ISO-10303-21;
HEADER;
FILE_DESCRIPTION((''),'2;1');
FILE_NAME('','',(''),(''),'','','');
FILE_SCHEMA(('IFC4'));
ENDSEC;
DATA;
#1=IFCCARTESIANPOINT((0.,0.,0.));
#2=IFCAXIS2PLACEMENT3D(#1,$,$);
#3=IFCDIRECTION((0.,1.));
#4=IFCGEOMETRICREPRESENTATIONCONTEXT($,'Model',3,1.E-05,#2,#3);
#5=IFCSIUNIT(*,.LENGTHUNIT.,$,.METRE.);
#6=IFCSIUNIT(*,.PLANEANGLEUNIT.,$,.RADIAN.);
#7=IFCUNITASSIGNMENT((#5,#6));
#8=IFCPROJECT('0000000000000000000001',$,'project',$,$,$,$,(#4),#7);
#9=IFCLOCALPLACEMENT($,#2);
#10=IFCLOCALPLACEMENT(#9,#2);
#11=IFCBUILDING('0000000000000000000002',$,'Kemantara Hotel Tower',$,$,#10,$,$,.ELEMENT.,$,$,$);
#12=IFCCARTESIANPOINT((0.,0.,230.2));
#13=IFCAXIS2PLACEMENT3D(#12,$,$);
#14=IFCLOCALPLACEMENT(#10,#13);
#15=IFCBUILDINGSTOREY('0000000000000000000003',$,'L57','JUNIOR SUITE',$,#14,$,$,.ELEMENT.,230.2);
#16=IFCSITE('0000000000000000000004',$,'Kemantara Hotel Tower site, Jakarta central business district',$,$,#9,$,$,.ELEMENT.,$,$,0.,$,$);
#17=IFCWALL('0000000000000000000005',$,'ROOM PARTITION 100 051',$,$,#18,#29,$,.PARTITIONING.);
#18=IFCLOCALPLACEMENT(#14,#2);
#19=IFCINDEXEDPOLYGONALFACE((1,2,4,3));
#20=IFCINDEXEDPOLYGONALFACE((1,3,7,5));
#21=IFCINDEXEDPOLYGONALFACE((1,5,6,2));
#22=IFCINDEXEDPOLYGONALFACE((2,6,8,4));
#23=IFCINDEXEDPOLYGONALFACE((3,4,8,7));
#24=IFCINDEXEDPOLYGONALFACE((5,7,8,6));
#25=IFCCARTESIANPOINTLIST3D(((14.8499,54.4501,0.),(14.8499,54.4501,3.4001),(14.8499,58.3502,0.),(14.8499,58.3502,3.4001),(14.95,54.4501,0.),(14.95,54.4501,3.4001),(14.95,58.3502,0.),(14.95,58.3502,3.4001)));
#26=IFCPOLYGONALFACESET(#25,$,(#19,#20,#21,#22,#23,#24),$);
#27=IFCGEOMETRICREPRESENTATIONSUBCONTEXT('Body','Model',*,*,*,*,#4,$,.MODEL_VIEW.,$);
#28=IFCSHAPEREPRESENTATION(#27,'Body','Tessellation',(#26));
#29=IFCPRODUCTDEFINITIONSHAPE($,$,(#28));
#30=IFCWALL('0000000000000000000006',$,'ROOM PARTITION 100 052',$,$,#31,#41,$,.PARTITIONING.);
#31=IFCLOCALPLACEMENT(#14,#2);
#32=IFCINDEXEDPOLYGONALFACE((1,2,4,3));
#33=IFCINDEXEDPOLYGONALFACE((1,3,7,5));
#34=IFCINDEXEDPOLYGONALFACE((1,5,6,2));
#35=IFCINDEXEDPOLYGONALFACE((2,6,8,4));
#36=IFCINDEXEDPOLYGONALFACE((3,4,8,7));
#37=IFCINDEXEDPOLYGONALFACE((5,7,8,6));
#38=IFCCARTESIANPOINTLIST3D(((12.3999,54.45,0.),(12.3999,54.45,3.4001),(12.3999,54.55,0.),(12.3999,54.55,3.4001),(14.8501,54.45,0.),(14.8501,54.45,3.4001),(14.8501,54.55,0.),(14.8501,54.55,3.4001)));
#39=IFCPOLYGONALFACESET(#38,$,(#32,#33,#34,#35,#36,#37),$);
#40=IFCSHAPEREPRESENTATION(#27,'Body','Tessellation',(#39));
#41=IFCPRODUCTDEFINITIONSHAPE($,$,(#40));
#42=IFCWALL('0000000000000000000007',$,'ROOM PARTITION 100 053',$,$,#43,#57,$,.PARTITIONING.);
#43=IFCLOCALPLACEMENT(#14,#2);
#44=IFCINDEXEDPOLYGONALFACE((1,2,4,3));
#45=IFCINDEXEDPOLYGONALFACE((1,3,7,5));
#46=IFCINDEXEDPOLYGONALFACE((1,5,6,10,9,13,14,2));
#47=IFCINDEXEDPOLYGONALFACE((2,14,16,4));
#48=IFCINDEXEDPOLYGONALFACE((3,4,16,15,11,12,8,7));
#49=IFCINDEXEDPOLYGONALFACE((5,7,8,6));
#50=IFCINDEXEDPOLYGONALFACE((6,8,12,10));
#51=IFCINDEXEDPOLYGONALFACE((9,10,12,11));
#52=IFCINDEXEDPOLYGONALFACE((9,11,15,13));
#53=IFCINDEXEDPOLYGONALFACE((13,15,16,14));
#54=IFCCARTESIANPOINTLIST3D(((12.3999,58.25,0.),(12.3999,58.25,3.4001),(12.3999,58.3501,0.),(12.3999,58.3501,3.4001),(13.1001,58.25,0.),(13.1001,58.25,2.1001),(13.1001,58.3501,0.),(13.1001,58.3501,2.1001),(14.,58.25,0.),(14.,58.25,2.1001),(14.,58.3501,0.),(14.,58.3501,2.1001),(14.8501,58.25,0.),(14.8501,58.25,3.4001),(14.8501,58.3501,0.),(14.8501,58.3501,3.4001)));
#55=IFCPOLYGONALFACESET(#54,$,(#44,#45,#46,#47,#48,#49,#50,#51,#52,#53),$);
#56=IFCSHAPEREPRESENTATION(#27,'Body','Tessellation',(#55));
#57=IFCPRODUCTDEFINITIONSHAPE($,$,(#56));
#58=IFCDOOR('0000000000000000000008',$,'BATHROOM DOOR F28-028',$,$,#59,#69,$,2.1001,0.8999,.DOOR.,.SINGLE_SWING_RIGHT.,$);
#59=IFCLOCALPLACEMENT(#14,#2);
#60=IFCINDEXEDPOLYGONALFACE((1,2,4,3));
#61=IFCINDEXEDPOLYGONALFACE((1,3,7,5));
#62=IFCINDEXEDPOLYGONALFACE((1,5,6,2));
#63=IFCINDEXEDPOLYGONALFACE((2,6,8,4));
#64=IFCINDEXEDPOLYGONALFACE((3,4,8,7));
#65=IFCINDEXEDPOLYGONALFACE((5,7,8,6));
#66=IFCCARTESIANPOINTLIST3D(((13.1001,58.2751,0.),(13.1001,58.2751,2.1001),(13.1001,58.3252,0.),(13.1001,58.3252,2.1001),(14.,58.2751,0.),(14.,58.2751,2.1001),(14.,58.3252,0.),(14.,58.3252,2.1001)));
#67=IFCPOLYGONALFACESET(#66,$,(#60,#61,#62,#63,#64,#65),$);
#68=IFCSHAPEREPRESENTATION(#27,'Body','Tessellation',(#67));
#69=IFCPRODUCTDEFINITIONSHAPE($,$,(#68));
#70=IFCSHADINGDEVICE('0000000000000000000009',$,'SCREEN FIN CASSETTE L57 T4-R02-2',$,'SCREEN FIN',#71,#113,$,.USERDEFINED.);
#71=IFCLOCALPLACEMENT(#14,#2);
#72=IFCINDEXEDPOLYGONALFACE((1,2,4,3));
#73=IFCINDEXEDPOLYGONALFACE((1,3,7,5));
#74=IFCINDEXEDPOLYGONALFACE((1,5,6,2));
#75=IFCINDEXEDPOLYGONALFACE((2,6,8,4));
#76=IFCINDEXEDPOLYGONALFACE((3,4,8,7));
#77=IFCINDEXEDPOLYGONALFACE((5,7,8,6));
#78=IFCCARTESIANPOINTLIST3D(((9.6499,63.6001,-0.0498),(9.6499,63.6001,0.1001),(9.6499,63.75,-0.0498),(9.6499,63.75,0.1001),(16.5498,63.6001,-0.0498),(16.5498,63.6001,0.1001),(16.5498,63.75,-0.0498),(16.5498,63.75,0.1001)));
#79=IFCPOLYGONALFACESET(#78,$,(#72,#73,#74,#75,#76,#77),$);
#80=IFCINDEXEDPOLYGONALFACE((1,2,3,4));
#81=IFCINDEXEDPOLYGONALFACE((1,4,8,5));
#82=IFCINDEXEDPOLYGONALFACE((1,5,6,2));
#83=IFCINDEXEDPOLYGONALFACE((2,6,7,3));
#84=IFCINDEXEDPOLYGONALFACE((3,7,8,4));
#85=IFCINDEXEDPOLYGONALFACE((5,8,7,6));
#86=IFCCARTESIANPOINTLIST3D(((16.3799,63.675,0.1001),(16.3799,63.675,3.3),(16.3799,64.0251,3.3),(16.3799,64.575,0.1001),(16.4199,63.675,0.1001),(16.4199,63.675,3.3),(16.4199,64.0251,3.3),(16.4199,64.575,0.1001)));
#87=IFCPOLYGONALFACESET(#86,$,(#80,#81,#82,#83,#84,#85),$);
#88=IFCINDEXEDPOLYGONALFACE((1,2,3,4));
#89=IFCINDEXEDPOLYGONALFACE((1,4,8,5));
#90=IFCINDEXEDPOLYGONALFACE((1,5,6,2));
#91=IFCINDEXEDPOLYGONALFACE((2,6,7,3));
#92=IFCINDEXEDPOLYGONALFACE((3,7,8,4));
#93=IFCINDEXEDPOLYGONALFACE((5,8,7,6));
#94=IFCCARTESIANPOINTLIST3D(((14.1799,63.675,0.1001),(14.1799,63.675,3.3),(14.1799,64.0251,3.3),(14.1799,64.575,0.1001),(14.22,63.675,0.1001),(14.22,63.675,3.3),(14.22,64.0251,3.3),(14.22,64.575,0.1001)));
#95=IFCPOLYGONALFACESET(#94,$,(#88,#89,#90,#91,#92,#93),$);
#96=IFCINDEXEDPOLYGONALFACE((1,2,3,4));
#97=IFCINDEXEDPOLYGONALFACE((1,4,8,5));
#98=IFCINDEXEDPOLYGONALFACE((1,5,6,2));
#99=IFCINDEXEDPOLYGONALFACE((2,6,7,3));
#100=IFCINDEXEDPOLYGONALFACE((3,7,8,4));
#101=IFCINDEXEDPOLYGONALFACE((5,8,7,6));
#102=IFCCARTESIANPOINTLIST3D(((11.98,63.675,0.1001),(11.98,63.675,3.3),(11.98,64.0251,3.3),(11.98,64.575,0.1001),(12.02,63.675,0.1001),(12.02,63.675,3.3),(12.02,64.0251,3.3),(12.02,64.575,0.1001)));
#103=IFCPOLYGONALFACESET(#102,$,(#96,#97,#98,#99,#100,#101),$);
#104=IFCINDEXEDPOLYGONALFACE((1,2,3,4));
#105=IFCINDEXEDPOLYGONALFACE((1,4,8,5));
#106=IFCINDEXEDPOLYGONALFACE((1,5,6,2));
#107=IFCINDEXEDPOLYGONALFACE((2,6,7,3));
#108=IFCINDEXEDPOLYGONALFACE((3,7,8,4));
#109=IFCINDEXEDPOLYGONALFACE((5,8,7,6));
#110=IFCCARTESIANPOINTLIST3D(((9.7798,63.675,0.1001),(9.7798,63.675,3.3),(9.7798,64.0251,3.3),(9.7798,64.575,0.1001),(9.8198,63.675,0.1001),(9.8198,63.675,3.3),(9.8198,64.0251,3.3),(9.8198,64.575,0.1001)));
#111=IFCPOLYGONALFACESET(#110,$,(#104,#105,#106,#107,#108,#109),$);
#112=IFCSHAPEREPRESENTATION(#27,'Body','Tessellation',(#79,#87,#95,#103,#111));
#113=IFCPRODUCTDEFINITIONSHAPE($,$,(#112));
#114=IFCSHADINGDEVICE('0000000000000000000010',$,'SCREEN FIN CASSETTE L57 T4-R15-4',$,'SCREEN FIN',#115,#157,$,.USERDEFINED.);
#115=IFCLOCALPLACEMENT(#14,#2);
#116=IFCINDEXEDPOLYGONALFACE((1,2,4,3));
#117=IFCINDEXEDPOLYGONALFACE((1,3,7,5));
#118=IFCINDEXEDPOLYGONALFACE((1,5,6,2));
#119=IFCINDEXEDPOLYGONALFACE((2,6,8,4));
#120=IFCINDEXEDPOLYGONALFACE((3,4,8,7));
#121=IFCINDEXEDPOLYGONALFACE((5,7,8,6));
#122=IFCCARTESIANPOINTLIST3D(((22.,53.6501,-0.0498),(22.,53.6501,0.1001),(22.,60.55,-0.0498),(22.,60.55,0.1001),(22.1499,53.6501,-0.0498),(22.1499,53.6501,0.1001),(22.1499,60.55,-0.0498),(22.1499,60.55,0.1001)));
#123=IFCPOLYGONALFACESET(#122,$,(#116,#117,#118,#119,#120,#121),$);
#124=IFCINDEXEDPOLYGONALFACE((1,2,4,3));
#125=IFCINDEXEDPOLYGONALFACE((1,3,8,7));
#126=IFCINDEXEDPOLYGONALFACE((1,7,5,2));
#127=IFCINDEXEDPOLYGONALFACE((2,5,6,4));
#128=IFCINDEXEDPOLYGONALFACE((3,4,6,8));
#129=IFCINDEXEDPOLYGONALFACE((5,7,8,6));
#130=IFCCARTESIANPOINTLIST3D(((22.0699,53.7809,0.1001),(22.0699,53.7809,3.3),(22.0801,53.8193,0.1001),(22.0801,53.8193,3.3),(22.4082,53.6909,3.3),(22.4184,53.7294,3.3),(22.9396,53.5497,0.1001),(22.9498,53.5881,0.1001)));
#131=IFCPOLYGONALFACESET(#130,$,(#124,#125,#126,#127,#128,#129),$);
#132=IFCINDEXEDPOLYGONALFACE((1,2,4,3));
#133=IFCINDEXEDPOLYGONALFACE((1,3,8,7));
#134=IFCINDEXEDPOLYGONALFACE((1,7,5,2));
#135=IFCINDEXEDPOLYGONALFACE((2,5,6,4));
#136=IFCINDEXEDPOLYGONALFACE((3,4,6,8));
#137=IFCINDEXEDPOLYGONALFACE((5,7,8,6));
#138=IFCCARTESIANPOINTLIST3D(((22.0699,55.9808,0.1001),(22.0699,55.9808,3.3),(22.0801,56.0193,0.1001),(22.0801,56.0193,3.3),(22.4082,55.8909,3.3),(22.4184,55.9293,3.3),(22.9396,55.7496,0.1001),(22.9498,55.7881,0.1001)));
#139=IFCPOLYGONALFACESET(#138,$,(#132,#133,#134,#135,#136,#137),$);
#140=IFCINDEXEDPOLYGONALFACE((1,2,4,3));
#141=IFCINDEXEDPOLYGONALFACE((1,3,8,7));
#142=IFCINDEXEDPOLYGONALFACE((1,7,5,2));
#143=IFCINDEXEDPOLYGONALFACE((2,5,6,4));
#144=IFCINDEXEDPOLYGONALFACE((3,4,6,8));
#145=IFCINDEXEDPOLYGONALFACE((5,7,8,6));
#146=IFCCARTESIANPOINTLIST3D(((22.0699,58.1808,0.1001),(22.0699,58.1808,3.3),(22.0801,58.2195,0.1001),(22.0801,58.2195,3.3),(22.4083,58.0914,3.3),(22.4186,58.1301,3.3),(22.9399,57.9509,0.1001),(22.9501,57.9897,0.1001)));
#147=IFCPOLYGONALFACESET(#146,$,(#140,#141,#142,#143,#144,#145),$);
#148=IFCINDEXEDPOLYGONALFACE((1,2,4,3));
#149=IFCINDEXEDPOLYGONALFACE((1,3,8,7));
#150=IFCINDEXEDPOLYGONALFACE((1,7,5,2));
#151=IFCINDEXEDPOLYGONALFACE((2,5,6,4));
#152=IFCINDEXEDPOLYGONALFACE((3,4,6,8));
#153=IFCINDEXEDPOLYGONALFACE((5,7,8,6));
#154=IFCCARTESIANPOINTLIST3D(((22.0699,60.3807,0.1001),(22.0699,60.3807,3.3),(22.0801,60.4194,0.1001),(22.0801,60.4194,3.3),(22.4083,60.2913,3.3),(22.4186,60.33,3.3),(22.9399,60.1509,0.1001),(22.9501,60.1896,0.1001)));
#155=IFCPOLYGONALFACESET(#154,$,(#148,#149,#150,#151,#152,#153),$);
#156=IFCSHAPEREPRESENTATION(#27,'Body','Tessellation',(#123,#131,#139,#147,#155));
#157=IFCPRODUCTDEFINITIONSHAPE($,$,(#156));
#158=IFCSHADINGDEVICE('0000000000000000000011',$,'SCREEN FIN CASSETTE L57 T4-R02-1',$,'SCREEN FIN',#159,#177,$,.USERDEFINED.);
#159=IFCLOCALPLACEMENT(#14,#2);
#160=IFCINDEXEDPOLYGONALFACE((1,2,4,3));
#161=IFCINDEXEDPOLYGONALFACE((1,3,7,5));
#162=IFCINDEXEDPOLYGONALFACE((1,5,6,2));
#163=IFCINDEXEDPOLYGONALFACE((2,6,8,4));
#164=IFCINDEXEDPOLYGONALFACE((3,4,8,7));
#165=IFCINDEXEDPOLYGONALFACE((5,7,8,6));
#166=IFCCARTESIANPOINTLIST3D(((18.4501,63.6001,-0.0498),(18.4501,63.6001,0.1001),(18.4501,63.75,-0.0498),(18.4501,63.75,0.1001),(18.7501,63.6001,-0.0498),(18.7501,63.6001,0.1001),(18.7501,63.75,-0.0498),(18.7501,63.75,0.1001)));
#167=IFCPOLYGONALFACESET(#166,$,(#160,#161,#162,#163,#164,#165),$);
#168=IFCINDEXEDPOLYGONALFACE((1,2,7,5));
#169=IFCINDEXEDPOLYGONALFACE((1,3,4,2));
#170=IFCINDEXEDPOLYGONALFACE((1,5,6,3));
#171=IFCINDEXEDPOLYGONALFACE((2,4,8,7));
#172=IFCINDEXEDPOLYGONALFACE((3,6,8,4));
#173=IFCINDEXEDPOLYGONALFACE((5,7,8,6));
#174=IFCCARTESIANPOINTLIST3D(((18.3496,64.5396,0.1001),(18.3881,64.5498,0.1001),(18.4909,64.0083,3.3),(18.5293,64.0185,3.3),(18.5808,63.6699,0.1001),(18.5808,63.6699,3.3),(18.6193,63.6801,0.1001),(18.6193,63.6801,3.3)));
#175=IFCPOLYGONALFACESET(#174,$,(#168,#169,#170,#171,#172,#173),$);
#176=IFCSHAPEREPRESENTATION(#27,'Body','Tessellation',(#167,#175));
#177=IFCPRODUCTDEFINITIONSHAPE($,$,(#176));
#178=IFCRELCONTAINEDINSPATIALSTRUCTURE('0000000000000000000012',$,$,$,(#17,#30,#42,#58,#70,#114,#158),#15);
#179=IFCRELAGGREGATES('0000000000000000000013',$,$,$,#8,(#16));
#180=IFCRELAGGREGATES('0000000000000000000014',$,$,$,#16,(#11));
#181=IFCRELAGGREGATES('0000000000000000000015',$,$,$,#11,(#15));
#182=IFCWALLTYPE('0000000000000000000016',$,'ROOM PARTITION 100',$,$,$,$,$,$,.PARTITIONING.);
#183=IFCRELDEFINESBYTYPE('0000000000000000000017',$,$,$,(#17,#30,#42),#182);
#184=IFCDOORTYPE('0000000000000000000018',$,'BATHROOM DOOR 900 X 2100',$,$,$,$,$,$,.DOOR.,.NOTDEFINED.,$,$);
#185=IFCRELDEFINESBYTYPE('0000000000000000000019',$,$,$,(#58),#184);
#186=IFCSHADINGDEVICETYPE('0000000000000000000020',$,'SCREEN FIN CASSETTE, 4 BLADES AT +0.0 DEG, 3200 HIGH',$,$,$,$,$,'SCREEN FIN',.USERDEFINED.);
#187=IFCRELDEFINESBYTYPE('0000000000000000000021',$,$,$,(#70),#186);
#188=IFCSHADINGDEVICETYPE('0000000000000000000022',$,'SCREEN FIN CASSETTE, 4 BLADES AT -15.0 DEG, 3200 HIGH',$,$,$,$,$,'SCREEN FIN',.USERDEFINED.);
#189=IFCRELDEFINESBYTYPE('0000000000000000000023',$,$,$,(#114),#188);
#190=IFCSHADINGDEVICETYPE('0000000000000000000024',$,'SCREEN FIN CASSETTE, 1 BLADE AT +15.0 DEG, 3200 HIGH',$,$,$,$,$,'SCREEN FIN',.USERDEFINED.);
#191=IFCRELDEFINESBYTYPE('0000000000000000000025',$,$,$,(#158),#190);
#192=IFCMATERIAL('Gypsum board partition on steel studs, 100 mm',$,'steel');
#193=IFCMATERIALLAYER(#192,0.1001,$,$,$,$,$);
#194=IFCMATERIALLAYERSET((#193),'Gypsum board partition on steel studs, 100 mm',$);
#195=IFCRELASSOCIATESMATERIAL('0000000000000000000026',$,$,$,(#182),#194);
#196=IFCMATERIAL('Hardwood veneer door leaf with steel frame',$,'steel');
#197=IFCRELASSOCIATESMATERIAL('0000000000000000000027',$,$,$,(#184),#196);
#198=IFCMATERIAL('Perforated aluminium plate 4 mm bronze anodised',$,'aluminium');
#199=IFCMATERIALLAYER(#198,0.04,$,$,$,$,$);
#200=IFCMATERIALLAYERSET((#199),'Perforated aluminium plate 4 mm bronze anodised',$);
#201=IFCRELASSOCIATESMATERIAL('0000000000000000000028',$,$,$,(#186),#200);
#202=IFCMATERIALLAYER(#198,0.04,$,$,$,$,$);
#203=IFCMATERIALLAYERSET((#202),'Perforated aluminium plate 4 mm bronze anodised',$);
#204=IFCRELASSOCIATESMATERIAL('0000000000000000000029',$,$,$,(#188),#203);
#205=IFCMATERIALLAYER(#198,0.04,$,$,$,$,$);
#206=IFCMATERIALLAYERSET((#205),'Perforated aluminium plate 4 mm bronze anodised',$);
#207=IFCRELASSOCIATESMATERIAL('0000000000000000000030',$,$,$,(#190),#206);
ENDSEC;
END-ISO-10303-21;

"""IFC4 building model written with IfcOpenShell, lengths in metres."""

from ifc_helpers import new_model, si_unit, direction, frame, frame_2d, origin, origin_2d, place, context, subcontext, project, spatial, polyline, rectangle, outline, extrude, source, transform, mapped, material, layer, layer_set, type_object, element, fill, save


model = new_model("IFC4")

# Units and contexts
model_context = context("Model", 3, precision=1e-05, world=origin(), true_north=direction((0.0, 1.0)))
body_context = subcontext(model_context, "Body", "Model", "MODEL_VIEW")
ifc_project = project(units=[si_unit("LENGTHUNIT", "METRE"), si_unit("PLANEANGLEUNIT", "RADIAN")], contexts=[model_context])

# Site, building, storey
site_placement = place(None, origin())
site = spatial("IfcSite", under=ifc_project, at=site_placement, Name="Kemantara Hotel Tower site, Jakarta central business district", CompositionType="ELEMENT", RefElevation=0.0)
building_placement = place(site_placement, origin())
building = spatial("IfcBuilding", under=site, at=building_placement, Name="Kemantara Hotel Tower", CompositionType="ELEMENT")
storey_placement = place(building_placement, frame((0.0, 0.0, 230.2)))
storey = spatial("IfcBuildingStorey", under=building, at=storey_placement, Name="L57", Description="JUNIOR SUITE", CompositionType="ELEMENT", Elevation=230.2)

# Shared definitions
ifc_material_1 = material(Name="Gypsum board partition on steel studs, 100 mm", Category="steel")
ifc_layer_1 = layer(ifc_material_1, 0.1001)
ifc_layer_set_1 = layer_set([ifc_layer_1], Name="Gypsum board partition on steel studs, 100 mm")
wall_type_1 = type_object("IfcWallType", Name="ROOM PARTITION 100", PredefinedType="PARTITIONING", material=ifc_layer_set_1)
ifc_material_2 = material(Name="Hardwood veneer door leaf with steel frame", Category="steel")
door_type = type_object("IfcDoorType", Name="BATHROOM DOOR 900 X 2100", OperationType="NOTDEFINED", PredefinedType="DOOR", material=ifc_material_2)

# Walls
wall_1_placement = place(storey_placement, frame((14.8999, 54.45, 0.0), z_axis=(0.0, 0.0, 1.0), x_axis=(0.0, 1.0, 0.0)))
element("IfcWall", 1, at=wall_1_placement, inside=storey, type_object=wall_type_1, Name="ROOM PARTITION 100 051", PredefinedType="PARTITIONING", context=body_context, shape_type="SweptSolid", body=[
    extrude(rectangle(XDim=3.9001, YDim=0.1001, at=frame_2d((1.9502, 0.0))), origin(), (0.0, 0.0, 1.0), 3.4001),
])
wall_2_placement = place(storey_placement, frame((12.3999, 54.5, 0.0), z_axis=(0.0, 0.0, 1.0), x_axis=(1.0, 0.0, 0.0)))
element("IfcWall", 2, at=wall_2_placement, inside=storey, type_object=wall_type_1, Name="ROOM PARTITION 100 052", PredefinedType="PARTITIONING", context=body_context, shape_type="SweptSolid", body=[
    extrude(rectangle(XDim=2.4502, YDim=0.1001, at=frame_2d((1.2251, 0.0))), origin(), (0.0, 0.0, 1.0), 3.4001),
])

# Wall, opening, door
wall_3_placement = place(storey_placement, frame((14.8501, 58.3, 0.0), z_axis=(0.0, 0.0, 1.0), x_axis=(-1.0, 0.0, 0.0)))
wall_3 = element("IfcWall", 3, at=wall_3_placement, inside=storey, type_object=wall_type_1, Name="ROOM PARTITION 100 053", PredefinedType="PARTITIONING", context=body_context, shape_type="SweptSolid", body=[
    extrude(rectangle(XDim=2.4502, YDim=0.1001, at=frame_2d((1.2251, 0.0))), origin(), (0.0, 0.0, 1.0), 3.4001),
])
opening_1_placement = place(wall_3_placement, frame((0.8501, 0.0, 0.0)))
opening_1 = element("IfcOpeningElement", 4, at=opening_1_placement, cuts=wall_3, PredefinedType="OPENING", context=body_context, shape_type="SweptSolid", body=[
    extrude(rectangle(XDim=0.8999, YDim=2.1001, at=frame_2d((0.45, 1.05))), frame((0.0, 0.0601, 0.0), z_axis=(0.0, -1.0, 0.0), x_axis=(1.0, 0.0, 0.0)), (0.0, 0.0, 1.0), 0.1201),
])
door_1_placement = place(opening_1_placement, origin())
door_1 = element("IfcDoor", 5, at=door_1_placement, inside=storey, type_object=door_type, Name="BATHROOM DOOR F28-028", OperationType="SINGLE_SWING_RIGHT", OverallHeight=2.1001, OverallWidth=0.8999, PredefinedType="DOOR", context=body_context, shape_type="SweptSolid", body=[
    extrude(rectangle(XDim=0.8999, YDim=2.1001, at=frame_2d((0.45, 1.05))), frame((0.0, 0.0249, 0.0), z_axis=(0.0, -1.0, 0.0), x_axis=(1.0, 0.0, 0.0)), (0.0, 0.0, 1.0), 0.05),
])
fill(opening_1, door_1)

# Shading devices
ifc_material_3 = material(Name="Perforated aluminium plate 4 mm bronze anodised", Category="aluminium")
ifc_layer_2 = layer(ifc_material_3, 0.04)
ifc_layer_set_2 = layer_set([ifc_layer_2], Name="Perforated aluminium plate 4 mm bronze anodised")
shading_device_type_1 = type_object("IfcShadingDeviceType", Name="SCREEN FIN CASSETTE, 4 BLADES AT +0.0 DEG, 3200 HIGH", ElementType="SCREEN FIN", PredefinedType="USERDEFINED", material=ifc_layer_set_2)
shared_shape_1 = source(origin(), body_context, "Body", "SweptSolid", [
    extrude(rectangle(XDim=6.8999, YDim=0.1499, at=origin_2d()), frame((3.3, -0.075, -0.1499), z_axis=(0.0, 0.0, 1.0), x_axis=(1.0, 0.0, 0.0)), (0.0, 0.0, 1.0), 0.1499),
    extrude(outline(polyline([(0.0, 0.0), (0.8999, 0.0), (0.3501, 3.2), (0.0, 3.2), (0.0, 0.0)])), frame((0.02, -0.075, 0.0), z_axis=(-1.0, 0.0, 0.0), x_axis=(0.0, -1.0, 0.0)), (0.0, 0.0, 1.0), 0.04),
    extrude(outline(polyline([(0.0, 0.0), (0.8999, 0.0), (0.3501, 3.2), (0.0, 3.2), (0.0, 0.0)])), frame((2.22, -0.075, 0.0), z_axis=(-1.0, 0.0, 0.0), x_axis=(0.0, -1.0, 0.0)), (0.0, 0.0, 1.0), 0.04),
    extrude(outline(polyline([(0.0, 0.0), (0.8999, 0.0), (0.3501, 3.2), (0.0, 3.2), (0.0, 0.0)])), frame((4.4199, -0.075, 0.0), z_axis=(-1.0, 0.0, 0.0), x_axis=(0.0, -1.0, 0.0)), (0.0, 0.0, 1.0), 0.04),
    extrude(outline(polyline([(0.0, 0.0), (0.8999, 0.0), (0.3501, 3.2), (0.0, 3.2), (0.0, 0.0)])), frame((6.6201, -0.075, 0.0), z_axis=(-1.0, 0.0, 0.0), x_axis=(0.0, -1.0, 0.0)), (0.0, 0.0, 1.0), 0.04),
])
shading_device_1_placement = place(storey_placement, frame((16.3999, 63.6001, 0.1001), z_axis=(0.0, 0.0, 1.0), x_axis=(-1.0, 0.0, 0.0)))
element("IfcShadingDevice", 6, at=shading_device_1_placement, inside=storey, type_object=shading_device_type_1, Name="SCREEN FIN CASSETTE L57 T4-R02-2", ObjectType="SCREEN FIN", PredefinedType="USERDEFINED", context=body_context, shape_type="MappedRepresentation", body=[
    mapped(shared_shape_1, transform((0.0, 0.0, 0.0))),
])
ifc_layer_3 = layer(ifc_material_3, 0.04)
ifc_layer_set_3 = layer_set([ifc_layer_3], Name="Perforated aluminium plate 4 mm bronze anodised")
shading_device_type_2 = type_object("IfcShadingDeviceType", Name="SCREEN FIN CASSETTE, 4 BLADES AT -15.0 DEG, 3200 HIGH", ElementType="SCREEN FIN", PredefinedType="USERDEFINED", material=ifc_layer_set_3)
shared_shape_2 = source(origin(), body_context, "Body", "SweptSolid", [
    extrude(rectangle(XDim=6.8999, YDim=0.1499, at=origin_2d()), frame((3.3, -0.075, -0.1499), z_axis=(0.0, 0.0, 1.0), x_axis=(1.0, 0.0, 0.0)), (0.0, 0.0, 1.0), 0.1499),
    extrude(outline(polyline([(0.0, 0.0), (0.8999, 0.0), (0.3501, 3.2), (0.0, 3.2), (0.0, 0.0)])), frame((0.0193, -0.0801, 0.0), z_axis=(-0.966438, 0.256901, 0.0), x_axis=(-0.256901, -0.966438, 0.0)), (0.0, 0.0, 1.0), 0.0398),
    extrude(outline(polyline([(0.0, 0.0), (0.8999, 0.0), (0.3501, 3.2), (0.0, 3.2), (0.0, 0.0)])), frame((2.2192, -0.0801, 0.0), z_axis=(-0.966438, 0.256901, 0.0), x_axis=(-0.256901, -0.966438, 0.0)), (0.0, 0.0, 1.0), 0.0398),
    extrude(outline(polyline([(0.0, 0.0), (0.8999, 0.0), (0.3501, 3.2), (0.0, 3.2), (0.0, 0.0)])), frame((4.4194, -0.0801, 0.0), z_axis=(-0.966838, 0.255391, 0.0), x_axis=(-0.255391, -0.966838, 0.0)), (0.0, 0.0, 1.0), 0.04),
    extrude(outline(polyline([(0.0, 0.0), (0.8999, 0.0), (0.3501, 3.2), (0.0, 3.2), (0.0, 0.0)])), frame((6.6194, -0.0801, 0.0), z_axis=(-0.966838, 0.255391, 0.0), x_axis=(-0.255391, -0.966838, 0.0)), (0.0, 0.0, 1.0), 0.04),
])
shading_device_2_placement = place(storey_placement, frame((22.0, 53.8, 0.1001), z_axis=(0.0, 0.0, 1.0), x_axis=(0.0, 1.0, 0.0)))
element("IfcShadingDevice", 7, at=shading_device_2_placement, inside=storey, type_object=shading_device_type_2, Name="SCREEN FIN CASSETTE L57 T4-R15-4", ObjectType="SCREEN FIN", PredefinedType="USERDEFINED", context=body_context, shape_type="MappedRepresentation", body=[
    mapped(shared_shape_2, transform((0.0, 0.0, 0.0))),
])
ifc_layer_4 = layer(ifc_material_3, 0.04)
ifc_layer_set_4 = layer_set([ifc_layer_4], Name="Perforated aluminium plate 4 mm bronze anodised")
shading_device_type_3 = type_object("IfcShadingDeviceType", Name="SCREEN FIN CASSETTE, 1 BLADE AT +15.0 DEG, 3200 HIGH", ElementType="SCREEN FIN", PredefinedType="USERDEFINED", material=ifc_layer_set_4)
shared_shape_3 = source(origin(), body_context, "Body", "SweptSolid", [
    extrude(rectangle(XDim=0.3, YDim=0.1499, at=origin_2d()), frame((0.0, -0.075, -0.1499), z_axis=(0.0, 0.0, 1.0), x_axis=(1.0, 0.0, 0.0)), (0.0, 0.0, 1.0), 0.1499),
    extrude(outline(polyline([(0.0, 0.0), (0.8999, 0.0), (0.3501, 3.2), (0.0, 3.2), (0.0, 0.0)])), frame((0.0193, -0.0698, 0.0), z_axis=(-0.966438, -0.256901, 0.0), x_axis=(0.256901, -0.966438, 0.0)), (0.0, 0.0, 1.0), 0.0398),
])
shading_device_3_placement = place(storey_placement, frame((18.6001, 63.6001, 0.1001), z_axis=(0.0, 0.0, 1.0), x_axis=(-1.0, 0.0, 0.0)))
element("IfcShadingDevice", 8, at=shading_device_3_placement, inside=storey, type_object=shading_device_type_3, Name="SCREEN FIN CASSETTE L57 T4-R02-1", ObjectType="SCREEN FIN", PredefinedType="USERDEFINED", context=body_context, shape_type="MappedRepresentation", body=[
    mapped(shared_shape_3, transform((0.0, 0.0, 0.0))),
])

save(model, "model.ifc")
